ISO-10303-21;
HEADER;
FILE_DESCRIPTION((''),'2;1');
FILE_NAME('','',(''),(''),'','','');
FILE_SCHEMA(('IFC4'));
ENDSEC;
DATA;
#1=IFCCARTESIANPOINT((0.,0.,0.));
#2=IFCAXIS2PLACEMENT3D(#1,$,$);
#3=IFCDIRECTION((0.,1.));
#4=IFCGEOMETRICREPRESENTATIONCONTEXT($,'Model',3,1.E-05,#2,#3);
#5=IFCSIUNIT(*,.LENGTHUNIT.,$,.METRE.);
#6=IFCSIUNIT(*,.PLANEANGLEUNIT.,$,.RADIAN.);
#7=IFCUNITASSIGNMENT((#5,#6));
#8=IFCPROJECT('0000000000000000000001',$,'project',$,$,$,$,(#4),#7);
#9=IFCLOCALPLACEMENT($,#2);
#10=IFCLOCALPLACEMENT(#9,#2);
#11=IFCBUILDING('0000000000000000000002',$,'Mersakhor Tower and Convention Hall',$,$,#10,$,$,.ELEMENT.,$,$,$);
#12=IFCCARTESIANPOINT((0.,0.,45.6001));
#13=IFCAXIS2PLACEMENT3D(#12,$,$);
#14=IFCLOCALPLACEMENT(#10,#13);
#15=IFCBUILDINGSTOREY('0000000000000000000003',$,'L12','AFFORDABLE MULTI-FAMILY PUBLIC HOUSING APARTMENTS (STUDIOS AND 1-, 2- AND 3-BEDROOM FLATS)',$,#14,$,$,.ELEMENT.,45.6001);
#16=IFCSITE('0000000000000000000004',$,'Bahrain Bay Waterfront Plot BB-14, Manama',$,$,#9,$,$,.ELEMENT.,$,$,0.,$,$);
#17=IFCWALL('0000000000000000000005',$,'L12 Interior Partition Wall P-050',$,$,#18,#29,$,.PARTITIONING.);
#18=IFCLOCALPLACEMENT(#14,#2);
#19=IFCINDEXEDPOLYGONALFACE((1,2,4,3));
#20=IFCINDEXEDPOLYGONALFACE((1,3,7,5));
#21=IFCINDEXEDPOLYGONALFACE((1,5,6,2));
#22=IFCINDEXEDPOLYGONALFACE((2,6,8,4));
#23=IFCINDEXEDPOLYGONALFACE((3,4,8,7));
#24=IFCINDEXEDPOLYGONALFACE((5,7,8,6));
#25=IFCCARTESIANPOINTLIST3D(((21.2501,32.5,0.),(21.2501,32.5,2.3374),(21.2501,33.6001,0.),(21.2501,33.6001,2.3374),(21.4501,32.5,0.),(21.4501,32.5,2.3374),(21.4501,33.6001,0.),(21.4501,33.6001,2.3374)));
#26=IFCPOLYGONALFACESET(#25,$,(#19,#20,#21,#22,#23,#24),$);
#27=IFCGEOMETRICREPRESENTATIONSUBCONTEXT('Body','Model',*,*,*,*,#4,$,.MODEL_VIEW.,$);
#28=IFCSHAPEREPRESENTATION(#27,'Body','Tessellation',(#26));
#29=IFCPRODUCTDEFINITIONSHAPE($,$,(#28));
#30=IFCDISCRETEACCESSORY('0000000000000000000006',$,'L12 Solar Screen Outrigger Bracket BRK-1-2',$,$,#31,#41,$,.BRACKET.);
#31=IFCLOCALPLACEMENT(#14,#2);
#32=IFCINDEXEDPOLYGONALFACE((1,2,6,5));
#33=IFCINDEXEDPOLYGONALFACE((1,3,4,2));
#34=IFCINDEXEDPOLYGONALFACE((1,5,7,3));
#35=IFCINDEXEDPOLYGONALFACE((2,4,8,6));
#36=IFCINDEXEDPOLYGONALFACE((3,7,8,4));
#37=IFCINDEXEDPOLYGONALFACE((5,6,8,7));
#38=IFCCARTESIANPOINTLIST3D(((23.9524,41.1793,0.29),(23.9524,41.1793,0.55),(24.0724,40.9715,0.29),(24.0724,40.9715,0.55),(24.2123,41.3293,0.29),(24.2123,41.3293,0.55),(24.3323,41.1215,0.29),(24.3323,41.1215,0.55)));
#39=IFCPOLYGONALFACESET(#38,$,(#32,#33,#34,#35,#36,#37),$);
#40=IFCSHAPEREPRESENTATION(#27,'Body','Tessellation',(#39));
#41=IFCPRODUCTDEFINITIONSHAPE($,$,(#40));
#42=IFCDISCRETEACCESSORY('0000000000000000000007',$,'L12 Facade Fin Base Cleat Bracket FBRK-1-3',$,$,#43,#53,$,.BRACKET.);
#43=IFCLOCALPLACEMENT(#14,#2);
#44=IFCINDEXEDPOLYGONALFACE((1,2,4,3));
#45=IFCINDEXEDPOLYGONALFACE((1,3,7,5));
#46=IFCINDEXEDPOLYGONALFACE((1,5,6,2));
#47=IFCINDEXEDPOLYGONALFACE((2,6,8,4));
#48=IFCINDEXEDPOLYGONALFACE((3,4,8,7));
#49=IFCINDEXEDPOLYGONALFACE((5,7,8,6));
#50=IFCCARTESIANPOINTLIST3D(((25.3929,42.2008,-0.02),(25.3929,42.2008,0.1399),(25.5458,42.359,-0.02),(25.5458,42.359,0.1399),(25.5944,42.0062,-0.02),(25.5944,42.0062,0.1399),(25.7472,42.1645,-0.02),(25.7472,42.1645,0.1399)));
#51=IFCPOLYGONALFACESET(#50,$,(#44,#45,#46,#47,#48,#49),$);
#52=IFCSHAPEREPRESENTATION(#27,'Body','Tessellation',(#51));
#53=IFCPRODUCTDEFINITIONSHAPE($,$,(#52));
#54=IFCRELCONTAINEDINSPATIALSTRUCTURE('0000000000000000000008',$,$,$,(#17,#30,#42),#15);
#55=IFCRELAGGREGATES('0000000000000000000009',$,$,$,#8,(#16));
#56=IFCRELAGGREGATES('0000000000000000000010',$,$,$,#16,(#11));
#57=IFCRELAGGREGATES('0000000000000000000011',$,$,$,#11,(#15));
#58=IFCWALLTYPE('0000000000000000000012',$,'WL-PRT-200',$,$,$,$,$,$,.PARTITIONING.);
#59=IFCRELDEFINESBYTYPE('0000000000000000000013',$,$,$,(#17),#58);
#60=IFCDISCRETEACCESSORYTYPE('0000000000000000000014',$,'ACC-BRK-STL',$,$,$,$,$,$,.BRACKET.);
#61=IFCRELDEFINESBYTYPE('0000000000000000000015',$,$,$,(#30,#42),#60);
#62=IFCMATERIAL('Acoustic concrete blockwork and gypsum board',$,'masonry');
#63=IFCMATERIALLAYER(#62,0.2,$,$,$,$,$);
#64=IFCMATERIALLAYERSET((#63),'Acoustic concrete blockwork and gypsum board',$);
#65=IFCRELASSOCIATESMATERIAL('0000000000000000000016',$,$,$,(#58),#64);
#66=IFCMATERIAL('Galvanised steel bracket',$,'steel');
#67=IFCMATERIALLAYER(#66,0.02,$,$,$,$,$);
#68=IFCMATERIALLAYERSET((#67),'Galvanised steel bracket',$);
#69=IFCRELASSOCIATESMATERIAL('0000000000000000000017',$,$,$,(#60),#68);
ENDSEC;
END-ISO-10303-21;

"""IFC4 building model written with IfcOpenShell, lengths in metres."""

from ifc_helpers import new_model, si_unit, direction, frame, frame_2d, origin, origin_2d, place, context, subcontext, project, spatial, rectangle, extrude, material, layer, layer_set, type_object, element, save


model = new_model("IFC4")

# Units and contexts
model_context = context("Model", 3, precision=1e-05, world=origin(), true_north=direction((0.0, 1.0)))
body_context = subcontext(model_context, "Body", "Model", "MODEL_VIEW")
ifc_project = project(units=[si_unit("LENGTHUNIT", "METRE"), si_unit("PLANEANGLEUNIT", "RADIAN")], contexts=[model_context])

# Site, building, storey
site_placement = place(None, origin())
site = spatial("IfcSite", under=ifc_project, at=site_placement, Name="Bahrain Bay Waterfront Plot BB-14, Manama", CompositionType="ELEMENT", RefElevation=0.0)
building_placement = place(site_placement, origin())
building = spatial("IfcBuilding", under=site, at=building_placement, Name="Mersakhor Tower and Convention Hall", CompositionType="ELEMENT")
storey_placement = place(building_placement, frame((0.0, 0.0, 45.6001)))
storey = spatial("IfcBuildingStorey", under=building, at=storey_placement, Name="L12", Description="AFFORDABLE MULTI-FAMILY PUBLIC HOUSING APARTMENTS (STUDIOS AND 1-, 2- AND 3-BEDROOM FLATS)", CompositionType="ELEMENT", Elevation=45.6001)

# Shared definitions
ifc_material_1 = material(Name="Acoustic concrete blockwork and gypsum board", Category="masonry")
ifc_layer_1 = layer(ifc_material_1, 0.2)
ifc_layer_set_1 = layer_set([ifc_layer_1], Name="Acoustic concrete blockwork and gypsum board")
wall_type_1 = type_object("IfcWallType", Name="WL-PRT-200", PredefinedType="PARTITIONING", material=ifc_layer_set_1)

# Wall
wall_1_placement = place(storey_placement, frame((21.3501, 33.6001, 0.0), z_axis=(0.0, 0.0, 1.0), x_axis=(0.0, -1.0, 0.0)))
element("IfcWall", 1, at=wall_1_placement, inside=storey, type_object=wall_type_1, Name="L12 Interior Partition Wall P-050", PredefinedType="PARTITIONING", context=body_context, shape_type="SweptSolid", body=[
    extrude(rectangle(XDim=1.1001, YDim=0.2, at=frame_2d((0.55, 0.0))), origin(), (0.0, 0.0, 1.0), 2.3374),
])

# Discrete accessories
ifc_material_2 = material(Name="Galvanised steel bracket", Category="steel")
ifc_layer_2 = layer(ifc_material_2, 0.02)
ifc_layer_set_2 = layer_set([ifc_layer_2], Name="Galvanised steel bracket")
discrete_accessory_type = type_object("IfcDiscreteAccessoryType", Name="ACC-BRK-STL", PredefinedType="BRACKET", material=ifc_layer_set_2)
discrete_accessory_1_placement = place(storey_placement, frame((24.1423, 41.1504, 0.29), z_axis=(0.0, 0.0, 1.0), x_axis=(0.866025, 0.5, 0.0)))
element("IfcDiscreteAccessory", 2, at=discrete_accessory_1_placement, inside=storey, type_object=discrete_accessory_type, Name="L12 Solar Screen Outrigger Bracket BRK-1-2", PredefinedType="BRACKET", context=body_context, shape_type="SweptSolid", body=[
    extrude(rectangle(XDim=0.3, YDim=0.24, at=origin_2d()), origin(), (0.0, 0.0, 1.0), 0.26),
])
discrete_accessory_2_placement = place(storey_placement, frame((25.5701, 42.1826, -0.02), z_axis=(0.0, 0.0, 1.0), x_axis=(-0.71934, 0.694658, 0.0)))
element("IfcDiscreteAccessory", 3, at=discrete_accessory_2_placement, inside=storey, type_object=discrete_accessory_type, Name="L12 Facade Fin Base Cleat Bracket FBRK-1-3", PredefinedType="BRACKET", context=body_context, shape_type="SweptSolid", body=[
    extrude(rectangle(XDim=0.28, YDim=0.22, at=origin_2d()), origin(), (0.0, 0.0, 1.0), 0.1599),
])

save(model, "model.ifc")
